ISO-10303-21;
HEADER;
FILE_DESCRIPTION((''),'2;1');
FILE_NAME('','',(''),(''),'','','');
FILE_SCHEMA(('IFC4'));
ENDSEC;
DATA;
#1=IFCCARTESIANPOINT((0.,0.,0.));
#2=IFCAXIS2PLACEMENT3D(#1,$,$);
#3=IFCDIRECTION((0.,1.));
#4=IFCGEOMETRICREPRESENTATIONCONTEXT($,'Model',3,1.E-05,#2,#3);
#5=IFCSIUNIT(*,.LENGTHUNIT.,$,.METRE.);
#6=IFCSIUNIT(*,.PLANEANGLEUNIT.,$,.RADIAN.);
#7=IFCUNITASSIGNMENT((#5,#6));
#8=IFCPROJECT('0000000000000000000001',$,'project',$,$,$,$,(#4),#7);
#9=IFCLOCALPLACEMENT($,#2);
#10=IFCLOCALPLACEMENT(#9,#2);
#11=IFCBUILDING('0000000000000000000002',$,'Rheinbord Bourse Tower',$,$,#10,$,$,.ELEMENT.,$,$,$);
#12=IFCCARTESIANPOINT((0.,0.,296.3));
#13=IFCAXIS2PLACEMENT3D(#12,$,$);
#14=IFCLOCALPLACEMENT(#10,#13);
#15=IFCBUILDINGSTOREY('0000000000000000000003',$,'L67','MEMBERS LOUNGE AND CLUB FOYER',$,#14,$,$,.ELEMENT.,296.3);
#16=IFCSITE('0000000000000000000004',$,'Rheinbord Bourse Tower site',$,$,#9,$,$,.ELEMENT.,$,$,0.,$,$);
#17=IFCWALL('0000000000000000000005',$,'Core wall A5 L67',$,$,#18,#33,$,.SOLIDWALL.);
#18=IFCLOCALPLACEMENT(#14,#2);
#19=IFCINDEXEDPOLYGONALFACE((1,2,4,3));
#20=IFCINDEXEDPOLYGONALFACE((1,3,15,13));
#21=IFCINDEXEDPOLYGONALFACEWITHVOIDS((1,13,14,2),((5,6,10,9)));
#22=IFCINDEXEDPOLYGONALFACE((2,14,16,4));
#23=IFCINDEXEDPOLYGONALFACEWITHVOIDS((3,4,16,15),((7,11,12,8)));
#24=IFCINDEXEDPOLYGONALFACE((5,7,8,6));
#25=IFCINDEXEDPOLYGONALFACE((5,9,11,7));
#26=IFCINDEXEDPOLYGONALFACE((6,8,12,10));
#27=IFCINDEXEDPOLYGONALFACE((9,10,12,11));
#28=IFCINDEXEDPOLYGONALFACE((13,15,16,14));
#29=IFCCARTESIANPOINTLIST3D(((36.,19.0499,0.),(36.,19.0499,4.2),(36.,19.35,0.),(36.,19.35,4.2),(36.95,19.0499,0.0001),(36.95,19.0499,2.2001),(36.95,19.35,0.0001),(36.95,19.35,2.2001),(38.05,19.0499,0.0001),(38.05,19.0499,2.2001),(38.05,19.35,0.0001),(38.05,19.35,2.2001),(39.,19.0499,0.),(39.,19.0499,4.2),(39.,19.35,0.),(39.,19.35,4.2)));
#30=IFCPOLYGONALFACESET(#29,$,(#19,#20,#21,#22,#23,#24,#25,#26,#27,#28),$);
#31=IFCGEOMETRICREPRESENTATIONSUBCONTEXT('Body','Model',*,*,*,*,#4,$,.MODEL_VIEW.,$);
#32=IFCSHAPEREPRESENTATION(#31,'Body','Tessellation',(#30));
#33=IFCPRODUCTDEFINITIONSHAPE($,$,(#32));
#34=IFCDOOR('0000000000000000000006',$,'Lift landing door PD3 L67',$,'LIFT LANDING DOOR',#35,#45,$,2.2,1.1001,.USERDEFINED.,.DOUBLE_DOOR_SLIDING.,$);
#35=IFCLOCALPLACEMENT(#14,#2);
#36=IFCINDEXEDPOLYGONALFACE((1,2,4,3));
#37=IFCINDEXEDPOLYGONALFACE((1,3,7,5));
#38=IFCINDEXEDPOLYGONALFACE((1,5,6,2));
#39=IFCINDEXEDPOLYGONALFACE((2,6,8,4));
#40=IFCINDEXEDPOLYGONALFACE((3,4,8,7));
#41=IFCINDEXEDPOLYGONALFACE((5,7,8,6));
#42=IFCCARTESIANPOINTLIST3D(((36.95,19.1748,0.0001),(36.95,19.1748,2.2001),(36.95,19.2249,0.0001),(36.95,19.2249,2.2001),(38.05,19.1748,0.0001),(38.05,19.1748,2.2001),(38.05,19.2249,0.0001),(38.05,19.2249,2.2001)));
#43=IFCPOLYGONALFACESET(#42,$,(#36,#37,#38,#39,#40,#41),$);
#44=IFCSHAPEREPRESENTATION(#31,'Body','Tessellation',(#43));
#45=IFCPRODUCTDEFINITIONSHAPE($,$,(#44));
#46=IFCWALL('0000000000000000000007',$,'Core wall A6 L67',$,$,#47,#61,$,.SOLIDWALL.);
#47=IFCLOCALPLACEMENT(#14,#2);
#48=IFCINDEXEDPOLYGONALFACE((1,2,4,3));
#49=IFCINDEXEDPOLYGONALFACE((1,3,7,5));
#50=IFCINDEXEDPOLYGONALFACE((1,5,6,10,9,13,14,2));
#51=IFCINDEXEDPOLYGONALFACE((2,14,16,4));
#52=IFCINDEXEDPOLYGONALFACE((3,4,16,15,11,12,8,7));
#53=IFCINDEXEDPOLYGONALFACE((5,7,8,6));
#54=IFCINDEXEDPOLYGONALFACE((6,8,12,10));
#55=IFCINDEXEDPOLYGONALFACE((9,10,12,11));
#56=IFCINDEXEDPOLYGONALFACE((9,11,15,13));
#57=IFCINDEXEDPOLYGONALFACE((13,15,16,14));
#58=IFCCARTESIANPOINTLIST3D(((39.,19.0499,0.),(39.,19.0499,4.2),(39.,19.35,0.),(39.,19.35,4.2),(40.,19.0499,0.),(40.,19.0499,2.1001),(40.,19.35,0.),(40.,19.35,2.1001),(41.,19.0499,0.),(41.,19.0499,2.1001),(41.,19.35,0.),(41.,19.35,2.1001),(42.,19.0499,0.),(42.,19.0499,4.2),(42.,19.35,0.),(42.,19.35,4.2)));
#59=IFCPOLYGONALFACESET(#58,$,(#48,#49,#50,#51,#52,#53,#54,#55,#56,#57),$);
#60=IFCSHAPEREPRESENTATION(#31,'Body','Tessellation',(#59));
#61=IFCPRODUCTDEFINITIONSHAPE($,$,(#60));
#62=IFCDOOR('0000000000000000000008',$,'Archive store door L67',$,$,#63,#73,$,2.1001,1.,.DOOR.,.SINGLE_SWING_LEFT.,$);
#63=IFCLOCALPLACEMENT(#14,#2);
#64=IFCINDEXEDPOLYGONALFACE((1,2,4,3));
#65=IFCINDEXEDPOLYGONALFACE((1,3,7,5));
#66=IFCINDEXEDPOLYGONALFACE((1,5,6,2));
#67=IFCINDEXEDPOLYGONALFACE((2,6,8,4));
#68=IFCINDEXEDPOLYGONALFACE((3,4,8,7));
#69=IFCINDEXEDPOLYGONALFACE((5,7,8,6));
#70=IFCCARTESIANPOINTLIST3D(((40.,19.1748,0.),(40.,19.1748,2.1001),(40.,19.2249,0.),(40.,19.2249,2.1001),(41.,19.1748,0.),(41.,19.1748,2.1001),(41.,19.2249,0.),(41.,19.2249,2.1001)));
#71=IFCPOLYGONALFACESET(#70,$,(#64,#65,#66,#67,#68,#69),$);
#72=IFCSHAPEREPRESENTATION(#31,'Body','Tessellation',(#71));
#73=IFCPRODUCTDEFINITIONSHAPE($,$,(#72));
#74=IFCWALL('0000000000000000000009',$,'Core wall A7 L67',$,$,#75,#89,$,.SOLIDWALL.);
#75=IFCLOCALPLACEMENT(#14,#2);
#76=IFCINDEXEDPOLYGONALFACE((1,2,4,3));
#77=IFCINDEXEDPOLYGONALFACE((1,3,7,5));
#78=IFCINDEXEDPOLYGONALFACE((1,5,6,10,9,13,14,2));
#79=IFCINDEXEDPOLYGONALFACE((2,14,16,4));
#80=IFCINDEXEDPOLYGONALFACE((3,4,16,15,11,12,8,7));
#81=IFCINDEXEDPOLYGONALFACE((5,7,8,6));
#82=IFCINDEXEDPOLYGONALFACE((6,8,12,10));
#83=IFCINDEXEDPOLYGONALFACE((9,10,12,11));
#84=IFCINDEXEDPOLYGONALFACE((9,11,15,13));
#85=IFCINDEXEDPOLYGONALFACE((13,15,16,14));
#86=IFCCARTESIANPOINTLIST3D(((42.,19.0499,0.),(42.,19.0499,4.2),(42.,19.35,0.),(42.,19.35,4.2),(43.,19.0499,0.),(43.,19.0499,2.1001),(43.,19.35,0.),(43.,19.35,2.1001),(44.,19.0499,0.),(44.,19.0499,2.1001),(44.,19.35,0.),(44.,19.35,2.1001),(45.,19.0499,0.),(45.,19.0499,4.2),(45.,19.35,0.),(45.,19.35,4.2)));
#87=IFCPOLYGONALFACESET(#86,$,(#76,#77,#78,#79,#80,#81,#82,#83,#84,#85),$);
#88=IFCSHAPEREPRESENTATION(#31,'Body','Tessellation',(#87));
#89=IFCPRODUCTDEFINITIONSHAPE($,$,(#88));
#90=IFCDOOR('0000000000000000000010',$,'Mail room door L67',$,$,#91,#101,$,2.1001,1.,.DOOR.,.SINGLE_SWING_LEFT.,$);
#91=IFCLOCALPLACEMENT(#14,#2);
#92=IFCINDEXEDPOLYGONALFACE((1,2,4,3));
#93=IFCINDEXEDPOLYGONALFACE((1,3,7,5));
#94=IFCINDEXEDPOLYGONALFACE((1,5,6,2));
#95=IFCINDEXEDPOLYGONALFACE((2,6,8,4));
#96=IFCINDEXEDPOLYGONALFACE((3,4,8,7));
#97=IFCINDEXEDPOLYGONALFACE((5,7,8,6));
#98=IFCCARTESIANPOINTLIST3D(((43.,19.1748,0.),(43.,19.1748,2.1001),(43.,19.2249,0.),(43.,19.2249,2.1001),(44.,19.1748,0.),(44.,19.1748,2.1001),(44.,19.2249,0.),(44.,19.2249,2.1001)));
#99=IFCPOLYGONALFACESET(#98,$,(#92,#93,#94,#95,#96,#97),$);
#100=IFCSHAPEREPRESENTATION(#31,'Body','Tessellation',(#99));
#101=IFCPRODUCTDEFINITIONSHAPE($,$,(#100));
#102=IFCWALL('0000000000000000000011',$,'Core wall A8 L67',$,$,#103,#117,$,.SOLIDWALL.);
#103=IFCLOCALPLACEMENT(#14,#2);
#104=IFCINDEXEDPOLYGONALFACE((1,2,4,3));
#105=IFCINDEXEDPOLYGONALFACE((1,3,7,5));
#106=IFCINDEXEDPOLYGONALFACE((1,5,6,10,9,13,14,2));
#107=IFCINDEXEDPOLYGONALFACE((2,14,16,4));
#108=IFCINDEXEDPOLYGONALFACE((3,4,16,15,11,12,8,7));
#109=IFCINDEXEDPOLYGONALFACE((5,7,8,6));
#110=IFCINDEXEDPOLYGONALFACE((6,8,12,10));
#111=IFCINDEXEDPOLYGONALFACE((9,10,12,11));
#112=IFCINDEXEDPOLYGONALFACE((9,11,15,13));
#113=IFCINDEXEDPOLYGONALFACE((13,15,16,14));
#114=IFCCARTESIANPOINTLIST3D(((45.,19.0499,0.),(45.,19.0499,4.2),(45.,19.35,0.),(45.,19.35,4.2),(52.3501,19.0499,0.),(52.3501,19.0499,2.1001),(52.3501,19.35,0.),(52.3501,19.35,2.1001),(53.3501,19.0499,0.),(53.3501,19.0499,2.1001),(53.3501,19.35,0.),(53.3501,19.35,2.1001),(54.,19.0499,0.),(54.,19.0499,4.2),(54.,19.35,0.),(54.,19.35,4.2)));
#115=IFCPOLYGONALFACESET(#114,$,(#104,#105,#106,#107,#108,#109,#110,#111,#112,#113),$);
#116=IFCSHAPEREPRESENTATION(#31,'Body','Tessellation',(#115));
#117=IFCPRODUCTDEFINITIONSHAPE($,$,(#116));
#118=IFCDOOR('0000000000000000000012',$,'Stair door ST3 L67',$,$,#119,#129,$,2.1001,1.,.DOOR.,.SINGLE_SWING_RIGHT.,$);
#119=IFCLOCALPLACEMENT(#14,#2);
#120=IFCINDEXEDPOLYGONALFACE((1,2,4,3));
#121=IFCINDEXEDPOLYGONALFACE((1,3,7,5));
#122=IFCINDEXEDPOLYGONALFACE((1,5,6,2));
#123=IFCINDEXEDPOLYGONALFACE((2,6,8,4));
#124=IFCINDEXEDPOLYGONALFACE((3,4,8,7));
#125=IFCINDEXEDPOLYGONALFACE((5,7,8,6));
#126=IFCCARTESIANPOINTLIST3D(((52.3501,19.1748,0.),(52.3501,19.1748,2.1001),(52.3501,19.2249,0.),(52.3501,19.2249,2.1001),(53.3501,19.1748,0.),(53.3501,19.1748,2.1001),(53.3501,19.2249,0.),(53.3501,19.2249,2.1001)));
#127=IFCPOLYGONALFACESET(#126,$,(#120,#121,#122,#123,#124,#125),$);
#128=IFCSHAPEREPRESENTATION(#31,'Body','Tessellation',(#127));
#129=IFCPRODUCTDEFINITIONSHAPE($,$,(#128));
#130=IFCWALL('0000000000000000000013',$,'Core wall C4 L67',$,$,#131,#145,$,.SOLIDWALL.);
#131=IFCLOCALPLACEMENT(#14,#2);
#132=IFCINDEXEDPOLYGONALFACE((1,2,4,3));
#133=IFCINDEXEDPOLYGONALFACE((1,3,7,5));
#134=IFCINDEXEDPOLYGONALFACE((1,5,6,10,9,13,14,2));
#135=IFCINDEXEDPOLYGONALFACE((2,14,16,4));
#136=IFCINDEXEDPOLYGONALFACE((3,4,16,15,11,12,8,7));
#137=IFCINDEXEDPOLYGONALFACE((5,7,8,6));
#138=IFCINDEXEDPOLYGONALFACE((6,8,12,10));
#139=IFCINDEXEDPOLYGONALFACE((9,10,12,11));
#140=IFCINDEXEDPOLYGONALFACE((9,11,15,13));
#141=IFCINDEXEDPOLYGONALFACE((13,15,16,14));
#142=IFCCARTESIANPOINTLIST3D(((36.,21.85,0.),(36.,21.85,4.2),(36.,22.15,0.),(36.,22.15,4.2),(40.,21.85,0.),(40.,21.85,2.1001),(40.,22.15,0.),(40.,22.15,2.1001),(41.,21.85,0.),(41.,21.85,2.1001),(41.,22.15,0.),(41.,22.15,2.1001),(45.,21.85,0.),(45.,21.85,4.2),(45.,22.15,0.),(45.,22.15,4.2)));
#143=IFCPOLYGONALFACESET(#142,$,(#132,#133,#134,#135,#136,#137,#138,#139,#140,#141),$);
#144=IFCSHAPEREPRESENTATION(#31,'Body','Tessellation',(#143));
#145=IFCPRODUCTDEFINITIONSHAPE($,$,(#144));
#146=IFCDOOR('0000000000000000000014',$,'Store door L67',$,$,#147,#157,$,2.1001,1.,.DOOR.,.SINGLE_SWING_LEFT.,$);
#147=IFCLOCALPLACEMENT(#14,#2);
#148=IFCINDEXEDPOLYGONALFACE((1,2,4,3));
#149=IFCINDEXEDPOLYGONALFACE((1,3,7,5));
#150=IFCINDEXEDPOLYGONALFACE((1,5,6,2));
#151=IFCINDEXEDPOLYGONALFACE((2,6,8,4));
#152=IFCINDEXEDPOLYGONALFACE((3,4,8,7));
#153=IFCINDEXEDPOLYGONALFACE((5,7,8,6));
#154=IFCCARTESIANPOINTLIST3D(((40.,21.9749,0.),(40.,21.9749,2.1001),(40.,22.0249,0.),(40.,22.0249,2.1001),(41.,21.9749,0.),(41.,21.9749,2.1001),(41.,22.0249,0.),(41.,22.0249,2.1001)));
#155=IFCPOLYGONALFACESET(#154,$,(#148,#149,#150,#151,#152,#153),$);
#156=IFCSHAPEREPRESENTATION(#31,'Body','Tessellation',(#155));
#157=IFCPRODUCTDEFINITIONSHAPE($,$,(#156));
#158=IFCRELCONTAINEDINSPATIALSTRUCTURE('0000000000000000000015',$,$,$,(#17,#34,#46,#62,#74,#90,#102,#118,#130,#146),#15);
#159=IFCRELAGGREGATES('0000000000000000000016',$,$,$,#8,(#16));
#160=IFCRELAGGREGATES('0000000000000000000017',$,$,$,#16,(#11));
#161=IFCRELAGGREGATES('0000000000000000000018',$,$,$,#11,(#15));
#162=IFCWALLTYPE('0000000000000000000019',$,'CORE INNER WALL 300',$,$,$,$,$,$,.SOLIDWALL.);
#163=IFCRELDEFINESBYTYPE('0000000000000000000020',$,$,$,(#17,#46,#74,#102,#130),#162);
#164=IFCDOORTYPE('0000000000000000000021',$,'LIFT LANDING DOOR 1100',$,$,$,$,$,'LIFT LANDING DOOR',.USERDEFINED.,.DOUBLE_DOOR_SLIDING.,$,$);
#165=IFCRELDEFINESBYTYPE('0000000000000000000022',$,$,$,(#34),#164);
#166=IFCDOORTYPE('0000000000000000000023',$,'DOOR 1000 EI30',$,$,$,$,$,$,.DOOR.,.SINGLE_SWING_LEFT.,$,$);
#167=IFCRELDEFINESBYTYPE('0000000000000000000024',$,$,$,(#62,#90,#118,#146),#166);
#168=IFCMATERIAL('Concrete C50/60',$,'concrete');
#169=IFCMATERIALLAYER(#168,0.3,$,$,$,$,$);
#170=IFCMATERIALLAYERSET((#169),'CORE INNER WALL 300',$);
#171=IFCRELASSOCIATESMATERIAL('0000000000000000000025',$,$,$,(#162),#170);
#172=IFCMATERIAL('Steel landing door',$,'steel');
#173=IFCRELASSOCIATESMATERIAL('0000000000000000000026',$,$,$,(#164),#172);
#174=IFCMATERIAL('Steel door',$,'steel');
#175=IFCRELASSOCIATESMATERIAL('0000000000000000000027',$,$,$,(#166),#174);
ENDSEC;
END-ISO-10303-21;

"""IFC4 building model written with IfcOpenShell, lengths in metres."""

from ifc_helpers import new_model, si_unit, direction, frame, frame_2d, origin, place, context, subcontext, project, spatial, rectangle, extrude, material, layer, layer_set, type_object, element, fill, save


model = new_model("IFC4")

# Units and contexts
model_context = context("Model", 3, precision=1e-05, world=origin(), true_north=direction((0.0, 1.0)))
body_context = subcontext(model_context, "Body", "Model", "MODEL_VIEW")
ifc_project = project(units=[si_unit("LENGTHUNIT", "METRE"), si_unit("PLANEANGLEUNIT", "RADIAN")], contexts=[model_context])

# Site, building, storey
site_placement = place(None, origin())
site = spatial("IfcSite", under=ifc_project, at=site_placement, Name="Rheinbord Bourse Tower site", CompositionType="ELEMENT", RefElevation=0.0)
building_placement = place(site_placement, origin())
building = spatial("IfcBuilding", under=site, at=building_placement, Name="Rheinbord Bourse Tower", CompositionType="ELEMENT")
storey_placement = place(building_placement, frame((0.0, 0.0, 296.3)))
storey = spatial("IfcBuildingStorey", under=building, at=storey_placement, Name="L67", Description="MEMBERS LOUNGE AND CLUB FOYER", CompositionType="ELEMENT", Elevation=296.3)

# Walls, openings, doors
ifc_material_1 = material(Name="Concrete C50/60", Category="concrete")
ifc_layer_1 = layer(ifc_material_1, 0.3)
ifc_layer_set_1 = layer_set([ifc_layer_1], Name="CORE INNER WALL 300")
wall_type_1 = type_object("IfcWallType", Name="CORE INNER WALL 300", PredefinedType="SOLIDWALL", material=ifc_layer_set_1)
wall_1_placement = place(storey_placement, frame((36.0, 19.2, 0.0), z_axis=(0.0, 0.0, 1.0), x_axis=(1.0, 0.0, 0.0)))
wall_1 = element("IfcWall", 1, at=wall_1_placement, inside=storey, type_object=wall_type_1, Name="Core wall A5 L67", PredefinedType="SOLIDWALL", context=body_context, shape_type="SweptSolid", body=[
    extrude(rectangle(XDim=3.0, YDim=0.3, at=frame_2d((1.5, 0.0))), origin(), (0.0, 0.0, 1.0), 4.2),
])
opening_1_placement = place(wall_1_placement, frame((0.95, 0.0, 0.0)))
opening_1 = element("IfcOpeningElement", 2, at=opening_1_placement, cuts=wall_1, PredefinedType="OPENING", context=body_context, shape_type="SweptSolid", body=[
    extrude(rectangle(XDim=1.1001, YDim=2.2, at=frame_2d((0.55, 1.1001))), frame((0.0, 0.1599, 0.0), z_axis=(0.0, -1.0, 0.0), x_axis=(1.0, 0.0, 0.0)), (0.0, 0.0, 1.0), 0.3201),
])
ifc_material_2 = material(Name="Steel landing door", Category="steel")
door_type_1 = type_object("IfcDoorType", Name="LIFT LANDING DOOR 1100", ElementType="LIFT LANDING DOOR", OperationType="DOUBLE_DOOR_SLIDING", PredefinedType="USERDEFINED", material=ifc_material_2)
door_1_placement = place(opening_1_placement, origin())
door_1 = element("IfcDoor", 3, at=door_1_placement, inside=storey, type_object=door_type_1, Name="Lift landing door PD3 L67", ObjectType="LIFT LANDING DOOR", OperationType="DOUBLE_DOOR_SLIDING", OverallHeight=2.2, OverallWidth=1.1001, PredefinedType="USERDEFINED", context=body_context, shape_type="SweptSolid", body=[
    extrude(rectangle(XDim=1.1001, YDim=2.2, at=frame_2d((0.55, 1.1001))), frame((0.0, 0.0249, 0.0), z_axis=(0.0, -1.0, 0.0), x_axis=(1.0, 0.0, 0.0)), (0.0, 0.0, 1.0), 0.05),
])
fill(opening_1, door_1)
wall_2_placement = place(storey_placement, frame((39.0, 19.2, 0.0), z_axis=(0.0, 0.0, 1.0), x_axis=(1.0, 0.0, 0.0)))
wall_2 = element("IfcWall", 4, at=wall_2_placement, inside=storey, type_object=wall_type_1, Name="Core wall A6 L67", PredefinedType="SOLIDWALL", context=body_context, shape_type="SweptSolid", body=[
    extrude(rectangle(XDim=3.0, YDim=0.3, at=frame_2d((1.5, 0.0))), origin(), (0.0, 0.0, 1.0), 4.2),
])
opening_2_placement = place(wall_2_placement, frame((1.0, 0.0, 0.0)))
opening_2 = element("IfcOpeningElement", 5, at=opening_2_placement, cuts=wall_2, PredefinedType="OPENING", context=body_context, shape_type="SweptSolid", body=[
    extrude(rectangle(XDim=1.0, YDim=2.1001, at=frame_2d((0.5, 1.05))), frame((0.0, 0.1599, 0.0), z_axis=(0.0, -1.0, 0.0), x_axis=(1.0, 0.0, 0.0)), (0.0, 0.0, 1.0), 0.3201),
])
ifc_material_3 = material(Name="Steel door", Category="steel")
door_type_2 = type_object("IfcDoorType", Name="DOOR 1000 EI30", OperationType="SINGLE_SWING_LEFT", PredefinedType="DOOR", material=ifc_material_3)
door_2_placement = place(opening_2_placement, origin())
door_2 = element("IfcDoor", 6, at=door_2_placement, inside=storey, type_object=door_type_2, Name="Archive store door L67", OperationType="SINGLE_SWING_LEFT", OverallHeight=2.1001, OverallWidth=1.0, PredefinedType="DOOR", context=body_context, shape_type="SweptSolid", body=[
    extrude(rectangle(XDim=1.0, YDim=2.1001, at=frame_2d((0.5, 1.05))), frame((0.0, 0.0249, 0.0), z_axis=(0.0, -1.0, 0.0), x_axis=(1.0, 0.0, 0.0)), (0.0, 0.0, 1.0), 0.05),
])
fill(opening_2, door_2)
wall_3_placement = place(storey_placement, frame((42.0, 19.2, 0.0), z_axis=(0.0, 0.0, 1.0), x_axis=(1.0, 0.0, 0.0)))
wall_3 = element("IfcWall", 7, at=wall_3_placement, inside=storey, type_object=wall_type_1, Name="Core wall A7 L67", PredefinedType="SOLIDWALL", context=body_context, shape_type="SweptSolid", body=[
    extrude(rectangle(XDim=3.0, YDim=0.3, at=frame_2d((1.5, 0.0))), origin(), (0.0, 0.0, 1.0), 4.2),
])
opening_3_placement = place(wall_3_placement, frame((1.0, 0.0, 0.0)))
opening_3 = element("IfcOpeningElement", 8, at=opening_3_placement, cuts=wall_3, PredefinedType="OPENING", context=body_context, shape_type="SweptSolid", body=[
    extrude(rectangle(XDim=1.0, YDim=2.1001, at=frame_2d((0.5, 1.05))), frame((0.0, 0.1599, 0.0), z_axis=(0.0, -1.0, 0.0), x_axis=(1.0, 0.0, 0.0)), (0.0, 0.0, 1.0), 0.3201),
])
door_3_placement = place(opening_3_placement, origin())
door_3 = element("IfcDoor", 9, at=door_3_placement, inside=storey, type_object=door_type_2, Name="Mail room door L67", OperationType="SINGLE_SWING_LEFT", OverallHeight=2.1001, OverallWidth=1.0, PredefinedType="DOOR", context=body_context, shape_type="SweptSolid", body=[
    extrude(rectangle(XDim=1.0, YDim=2.1001, at=frame_2d((0.5, 1.05))), frame((0.0, 0.0249, 0.0), z_axis=(0.0, -1.0, 0.0), x_axis=(1.0, 0.0, 0.0)), (0.0, 0.0, 1.0), 0.05),
])
fill(opening_3, door_3)
wall_4_placement = place(storey_placement, frame((45.0, 19.2, 0.0), z_axis=(0.0, 0.0, 1.0), x_axis=(1.0, 0.0, 0.0)))
wall_4 = element("IfcWall", 10, at=wall_4_placement, inside=storey, type_object=wall_type_1, Name="Core wall A8 L67", PredefinedType="SOLIDWALL", context=body_context, shape_type="SweptSolid", body=[
    extrude(rectangle(XDim=9.0, YDim=0.3, at=frame_2d((4.5, 0.0))), origin(), (0.0, 0.0, 1.0), 4.2),
])
opening_4_placement = place(wall_4_placement, frame((7.3501, 0.0, 0.0)))
opening_4 = element("IfcOpeningElement", 11, at=opening_4_placement, cuts=wall_4, PredefinedType="OPENING", context=body_context, shape_type="SweptSolid", body=[
    extrude(rectangle(XDim=1.0, YDim=2.1001, at=frame_2d((0.5, 1.05))), frame((0.0, 0.1599, 0.0), z_axis=(0.0, -1.0, 0.0), x_axis=(1.0, 0.0, 0.0)), (0.0, 0.0, 1.0), 0.3201),
])
door_4_placement = place(opening_4_placement, origin())
door_4 = element("IfcDoor", 12, at=door_4_placement, inside=storey, type_object=door_type_2, Name="Stair door ST3 L67", OperationType="SINGLE_SWING_RIGHT", OverallHeight=2.1001, OverallWidth=1.0, PredefinedType="DOOR", context=body_context, shape_type="SweptSolid", body=[
    extrude(rectangle(XDim=1.0, YDim=2.1001, at=frame_2d((0.5, 1.05))), frame((0.0, 0.0249, 0.0), z_axis=(0.0, -1.0, 0.0), x_axis=(1.0, 0.0, 0.0)), (0.0, 0.0, 1.0), 0.05),
])
fill(opening_4, door_4)
wall_5_placement = place(storey_placement, frame((36.0, 22.0, 0.0), z_axis=(0.0, 0.0, 1.0), x_axis=(1.0, 0.0, 0.0)))
wall_5 = element("IfcWall", 13, at=wall_5_placement, inside=storey, type_object=wall_type_1, Name="Core wall C4 L67", PredefinedType="SOLIDWALL", context=body_context, shape_type="SweptSolid", body=[
    extrude(rectangle(XDim=9.0, YDim=0.3, at=frame_2d((4.5, 0.0))), origin(), (0.0, 0.0, 1.0), 4.2),
])
opening_5_placement = place(wall_5_placement, frame((4.0, 0.0, 0.0)))
opening_5 = element("IfcOpeningElement", 14, at=opening_5_placement, cuts=wall_5, PredefinedType="OPENING", context=body_context, shape_type="SweptSolid", body=[
    extrude(rectangle(XDim=1.0, YDim=2.1001, at=frame_2d((0.5, 1.05))), frame((0.0, 0.1599, 0.0), z_axis=(0.0, -1.0, 0.0), x_axis=(1.0, 0.0, 0.0)), (0.0, 0.0, 1.0), 0.3201),
])
door_5_placement = place(opening_5_placement, origin())
door_5 = element("IfcDoor", 15, at=door_5_placement, inside=storey, type_object=door_type_2, Name="Store door L67", OperationType="SINGLE_SWING_LEFT", OverallHeight=2.1001, OverallWidth=1.0, PredefinedType="DOOR", context=body_context, shape_type="SweptSolid", body=[
    extrude(rectangle(XDim=1.0, YDim=2.1001, at=frame_2d((0.5, 1.05))), frame((0.0, 0.0249, 0.0), z_axis=(0.0, -1.0, 0.0), x_axis=(1.0, 0.0, 0.0)), (0.0, 0.0, 1.0), 0.05),
])
fill(opening_5, door_5)

save(model, "model.ifc")
